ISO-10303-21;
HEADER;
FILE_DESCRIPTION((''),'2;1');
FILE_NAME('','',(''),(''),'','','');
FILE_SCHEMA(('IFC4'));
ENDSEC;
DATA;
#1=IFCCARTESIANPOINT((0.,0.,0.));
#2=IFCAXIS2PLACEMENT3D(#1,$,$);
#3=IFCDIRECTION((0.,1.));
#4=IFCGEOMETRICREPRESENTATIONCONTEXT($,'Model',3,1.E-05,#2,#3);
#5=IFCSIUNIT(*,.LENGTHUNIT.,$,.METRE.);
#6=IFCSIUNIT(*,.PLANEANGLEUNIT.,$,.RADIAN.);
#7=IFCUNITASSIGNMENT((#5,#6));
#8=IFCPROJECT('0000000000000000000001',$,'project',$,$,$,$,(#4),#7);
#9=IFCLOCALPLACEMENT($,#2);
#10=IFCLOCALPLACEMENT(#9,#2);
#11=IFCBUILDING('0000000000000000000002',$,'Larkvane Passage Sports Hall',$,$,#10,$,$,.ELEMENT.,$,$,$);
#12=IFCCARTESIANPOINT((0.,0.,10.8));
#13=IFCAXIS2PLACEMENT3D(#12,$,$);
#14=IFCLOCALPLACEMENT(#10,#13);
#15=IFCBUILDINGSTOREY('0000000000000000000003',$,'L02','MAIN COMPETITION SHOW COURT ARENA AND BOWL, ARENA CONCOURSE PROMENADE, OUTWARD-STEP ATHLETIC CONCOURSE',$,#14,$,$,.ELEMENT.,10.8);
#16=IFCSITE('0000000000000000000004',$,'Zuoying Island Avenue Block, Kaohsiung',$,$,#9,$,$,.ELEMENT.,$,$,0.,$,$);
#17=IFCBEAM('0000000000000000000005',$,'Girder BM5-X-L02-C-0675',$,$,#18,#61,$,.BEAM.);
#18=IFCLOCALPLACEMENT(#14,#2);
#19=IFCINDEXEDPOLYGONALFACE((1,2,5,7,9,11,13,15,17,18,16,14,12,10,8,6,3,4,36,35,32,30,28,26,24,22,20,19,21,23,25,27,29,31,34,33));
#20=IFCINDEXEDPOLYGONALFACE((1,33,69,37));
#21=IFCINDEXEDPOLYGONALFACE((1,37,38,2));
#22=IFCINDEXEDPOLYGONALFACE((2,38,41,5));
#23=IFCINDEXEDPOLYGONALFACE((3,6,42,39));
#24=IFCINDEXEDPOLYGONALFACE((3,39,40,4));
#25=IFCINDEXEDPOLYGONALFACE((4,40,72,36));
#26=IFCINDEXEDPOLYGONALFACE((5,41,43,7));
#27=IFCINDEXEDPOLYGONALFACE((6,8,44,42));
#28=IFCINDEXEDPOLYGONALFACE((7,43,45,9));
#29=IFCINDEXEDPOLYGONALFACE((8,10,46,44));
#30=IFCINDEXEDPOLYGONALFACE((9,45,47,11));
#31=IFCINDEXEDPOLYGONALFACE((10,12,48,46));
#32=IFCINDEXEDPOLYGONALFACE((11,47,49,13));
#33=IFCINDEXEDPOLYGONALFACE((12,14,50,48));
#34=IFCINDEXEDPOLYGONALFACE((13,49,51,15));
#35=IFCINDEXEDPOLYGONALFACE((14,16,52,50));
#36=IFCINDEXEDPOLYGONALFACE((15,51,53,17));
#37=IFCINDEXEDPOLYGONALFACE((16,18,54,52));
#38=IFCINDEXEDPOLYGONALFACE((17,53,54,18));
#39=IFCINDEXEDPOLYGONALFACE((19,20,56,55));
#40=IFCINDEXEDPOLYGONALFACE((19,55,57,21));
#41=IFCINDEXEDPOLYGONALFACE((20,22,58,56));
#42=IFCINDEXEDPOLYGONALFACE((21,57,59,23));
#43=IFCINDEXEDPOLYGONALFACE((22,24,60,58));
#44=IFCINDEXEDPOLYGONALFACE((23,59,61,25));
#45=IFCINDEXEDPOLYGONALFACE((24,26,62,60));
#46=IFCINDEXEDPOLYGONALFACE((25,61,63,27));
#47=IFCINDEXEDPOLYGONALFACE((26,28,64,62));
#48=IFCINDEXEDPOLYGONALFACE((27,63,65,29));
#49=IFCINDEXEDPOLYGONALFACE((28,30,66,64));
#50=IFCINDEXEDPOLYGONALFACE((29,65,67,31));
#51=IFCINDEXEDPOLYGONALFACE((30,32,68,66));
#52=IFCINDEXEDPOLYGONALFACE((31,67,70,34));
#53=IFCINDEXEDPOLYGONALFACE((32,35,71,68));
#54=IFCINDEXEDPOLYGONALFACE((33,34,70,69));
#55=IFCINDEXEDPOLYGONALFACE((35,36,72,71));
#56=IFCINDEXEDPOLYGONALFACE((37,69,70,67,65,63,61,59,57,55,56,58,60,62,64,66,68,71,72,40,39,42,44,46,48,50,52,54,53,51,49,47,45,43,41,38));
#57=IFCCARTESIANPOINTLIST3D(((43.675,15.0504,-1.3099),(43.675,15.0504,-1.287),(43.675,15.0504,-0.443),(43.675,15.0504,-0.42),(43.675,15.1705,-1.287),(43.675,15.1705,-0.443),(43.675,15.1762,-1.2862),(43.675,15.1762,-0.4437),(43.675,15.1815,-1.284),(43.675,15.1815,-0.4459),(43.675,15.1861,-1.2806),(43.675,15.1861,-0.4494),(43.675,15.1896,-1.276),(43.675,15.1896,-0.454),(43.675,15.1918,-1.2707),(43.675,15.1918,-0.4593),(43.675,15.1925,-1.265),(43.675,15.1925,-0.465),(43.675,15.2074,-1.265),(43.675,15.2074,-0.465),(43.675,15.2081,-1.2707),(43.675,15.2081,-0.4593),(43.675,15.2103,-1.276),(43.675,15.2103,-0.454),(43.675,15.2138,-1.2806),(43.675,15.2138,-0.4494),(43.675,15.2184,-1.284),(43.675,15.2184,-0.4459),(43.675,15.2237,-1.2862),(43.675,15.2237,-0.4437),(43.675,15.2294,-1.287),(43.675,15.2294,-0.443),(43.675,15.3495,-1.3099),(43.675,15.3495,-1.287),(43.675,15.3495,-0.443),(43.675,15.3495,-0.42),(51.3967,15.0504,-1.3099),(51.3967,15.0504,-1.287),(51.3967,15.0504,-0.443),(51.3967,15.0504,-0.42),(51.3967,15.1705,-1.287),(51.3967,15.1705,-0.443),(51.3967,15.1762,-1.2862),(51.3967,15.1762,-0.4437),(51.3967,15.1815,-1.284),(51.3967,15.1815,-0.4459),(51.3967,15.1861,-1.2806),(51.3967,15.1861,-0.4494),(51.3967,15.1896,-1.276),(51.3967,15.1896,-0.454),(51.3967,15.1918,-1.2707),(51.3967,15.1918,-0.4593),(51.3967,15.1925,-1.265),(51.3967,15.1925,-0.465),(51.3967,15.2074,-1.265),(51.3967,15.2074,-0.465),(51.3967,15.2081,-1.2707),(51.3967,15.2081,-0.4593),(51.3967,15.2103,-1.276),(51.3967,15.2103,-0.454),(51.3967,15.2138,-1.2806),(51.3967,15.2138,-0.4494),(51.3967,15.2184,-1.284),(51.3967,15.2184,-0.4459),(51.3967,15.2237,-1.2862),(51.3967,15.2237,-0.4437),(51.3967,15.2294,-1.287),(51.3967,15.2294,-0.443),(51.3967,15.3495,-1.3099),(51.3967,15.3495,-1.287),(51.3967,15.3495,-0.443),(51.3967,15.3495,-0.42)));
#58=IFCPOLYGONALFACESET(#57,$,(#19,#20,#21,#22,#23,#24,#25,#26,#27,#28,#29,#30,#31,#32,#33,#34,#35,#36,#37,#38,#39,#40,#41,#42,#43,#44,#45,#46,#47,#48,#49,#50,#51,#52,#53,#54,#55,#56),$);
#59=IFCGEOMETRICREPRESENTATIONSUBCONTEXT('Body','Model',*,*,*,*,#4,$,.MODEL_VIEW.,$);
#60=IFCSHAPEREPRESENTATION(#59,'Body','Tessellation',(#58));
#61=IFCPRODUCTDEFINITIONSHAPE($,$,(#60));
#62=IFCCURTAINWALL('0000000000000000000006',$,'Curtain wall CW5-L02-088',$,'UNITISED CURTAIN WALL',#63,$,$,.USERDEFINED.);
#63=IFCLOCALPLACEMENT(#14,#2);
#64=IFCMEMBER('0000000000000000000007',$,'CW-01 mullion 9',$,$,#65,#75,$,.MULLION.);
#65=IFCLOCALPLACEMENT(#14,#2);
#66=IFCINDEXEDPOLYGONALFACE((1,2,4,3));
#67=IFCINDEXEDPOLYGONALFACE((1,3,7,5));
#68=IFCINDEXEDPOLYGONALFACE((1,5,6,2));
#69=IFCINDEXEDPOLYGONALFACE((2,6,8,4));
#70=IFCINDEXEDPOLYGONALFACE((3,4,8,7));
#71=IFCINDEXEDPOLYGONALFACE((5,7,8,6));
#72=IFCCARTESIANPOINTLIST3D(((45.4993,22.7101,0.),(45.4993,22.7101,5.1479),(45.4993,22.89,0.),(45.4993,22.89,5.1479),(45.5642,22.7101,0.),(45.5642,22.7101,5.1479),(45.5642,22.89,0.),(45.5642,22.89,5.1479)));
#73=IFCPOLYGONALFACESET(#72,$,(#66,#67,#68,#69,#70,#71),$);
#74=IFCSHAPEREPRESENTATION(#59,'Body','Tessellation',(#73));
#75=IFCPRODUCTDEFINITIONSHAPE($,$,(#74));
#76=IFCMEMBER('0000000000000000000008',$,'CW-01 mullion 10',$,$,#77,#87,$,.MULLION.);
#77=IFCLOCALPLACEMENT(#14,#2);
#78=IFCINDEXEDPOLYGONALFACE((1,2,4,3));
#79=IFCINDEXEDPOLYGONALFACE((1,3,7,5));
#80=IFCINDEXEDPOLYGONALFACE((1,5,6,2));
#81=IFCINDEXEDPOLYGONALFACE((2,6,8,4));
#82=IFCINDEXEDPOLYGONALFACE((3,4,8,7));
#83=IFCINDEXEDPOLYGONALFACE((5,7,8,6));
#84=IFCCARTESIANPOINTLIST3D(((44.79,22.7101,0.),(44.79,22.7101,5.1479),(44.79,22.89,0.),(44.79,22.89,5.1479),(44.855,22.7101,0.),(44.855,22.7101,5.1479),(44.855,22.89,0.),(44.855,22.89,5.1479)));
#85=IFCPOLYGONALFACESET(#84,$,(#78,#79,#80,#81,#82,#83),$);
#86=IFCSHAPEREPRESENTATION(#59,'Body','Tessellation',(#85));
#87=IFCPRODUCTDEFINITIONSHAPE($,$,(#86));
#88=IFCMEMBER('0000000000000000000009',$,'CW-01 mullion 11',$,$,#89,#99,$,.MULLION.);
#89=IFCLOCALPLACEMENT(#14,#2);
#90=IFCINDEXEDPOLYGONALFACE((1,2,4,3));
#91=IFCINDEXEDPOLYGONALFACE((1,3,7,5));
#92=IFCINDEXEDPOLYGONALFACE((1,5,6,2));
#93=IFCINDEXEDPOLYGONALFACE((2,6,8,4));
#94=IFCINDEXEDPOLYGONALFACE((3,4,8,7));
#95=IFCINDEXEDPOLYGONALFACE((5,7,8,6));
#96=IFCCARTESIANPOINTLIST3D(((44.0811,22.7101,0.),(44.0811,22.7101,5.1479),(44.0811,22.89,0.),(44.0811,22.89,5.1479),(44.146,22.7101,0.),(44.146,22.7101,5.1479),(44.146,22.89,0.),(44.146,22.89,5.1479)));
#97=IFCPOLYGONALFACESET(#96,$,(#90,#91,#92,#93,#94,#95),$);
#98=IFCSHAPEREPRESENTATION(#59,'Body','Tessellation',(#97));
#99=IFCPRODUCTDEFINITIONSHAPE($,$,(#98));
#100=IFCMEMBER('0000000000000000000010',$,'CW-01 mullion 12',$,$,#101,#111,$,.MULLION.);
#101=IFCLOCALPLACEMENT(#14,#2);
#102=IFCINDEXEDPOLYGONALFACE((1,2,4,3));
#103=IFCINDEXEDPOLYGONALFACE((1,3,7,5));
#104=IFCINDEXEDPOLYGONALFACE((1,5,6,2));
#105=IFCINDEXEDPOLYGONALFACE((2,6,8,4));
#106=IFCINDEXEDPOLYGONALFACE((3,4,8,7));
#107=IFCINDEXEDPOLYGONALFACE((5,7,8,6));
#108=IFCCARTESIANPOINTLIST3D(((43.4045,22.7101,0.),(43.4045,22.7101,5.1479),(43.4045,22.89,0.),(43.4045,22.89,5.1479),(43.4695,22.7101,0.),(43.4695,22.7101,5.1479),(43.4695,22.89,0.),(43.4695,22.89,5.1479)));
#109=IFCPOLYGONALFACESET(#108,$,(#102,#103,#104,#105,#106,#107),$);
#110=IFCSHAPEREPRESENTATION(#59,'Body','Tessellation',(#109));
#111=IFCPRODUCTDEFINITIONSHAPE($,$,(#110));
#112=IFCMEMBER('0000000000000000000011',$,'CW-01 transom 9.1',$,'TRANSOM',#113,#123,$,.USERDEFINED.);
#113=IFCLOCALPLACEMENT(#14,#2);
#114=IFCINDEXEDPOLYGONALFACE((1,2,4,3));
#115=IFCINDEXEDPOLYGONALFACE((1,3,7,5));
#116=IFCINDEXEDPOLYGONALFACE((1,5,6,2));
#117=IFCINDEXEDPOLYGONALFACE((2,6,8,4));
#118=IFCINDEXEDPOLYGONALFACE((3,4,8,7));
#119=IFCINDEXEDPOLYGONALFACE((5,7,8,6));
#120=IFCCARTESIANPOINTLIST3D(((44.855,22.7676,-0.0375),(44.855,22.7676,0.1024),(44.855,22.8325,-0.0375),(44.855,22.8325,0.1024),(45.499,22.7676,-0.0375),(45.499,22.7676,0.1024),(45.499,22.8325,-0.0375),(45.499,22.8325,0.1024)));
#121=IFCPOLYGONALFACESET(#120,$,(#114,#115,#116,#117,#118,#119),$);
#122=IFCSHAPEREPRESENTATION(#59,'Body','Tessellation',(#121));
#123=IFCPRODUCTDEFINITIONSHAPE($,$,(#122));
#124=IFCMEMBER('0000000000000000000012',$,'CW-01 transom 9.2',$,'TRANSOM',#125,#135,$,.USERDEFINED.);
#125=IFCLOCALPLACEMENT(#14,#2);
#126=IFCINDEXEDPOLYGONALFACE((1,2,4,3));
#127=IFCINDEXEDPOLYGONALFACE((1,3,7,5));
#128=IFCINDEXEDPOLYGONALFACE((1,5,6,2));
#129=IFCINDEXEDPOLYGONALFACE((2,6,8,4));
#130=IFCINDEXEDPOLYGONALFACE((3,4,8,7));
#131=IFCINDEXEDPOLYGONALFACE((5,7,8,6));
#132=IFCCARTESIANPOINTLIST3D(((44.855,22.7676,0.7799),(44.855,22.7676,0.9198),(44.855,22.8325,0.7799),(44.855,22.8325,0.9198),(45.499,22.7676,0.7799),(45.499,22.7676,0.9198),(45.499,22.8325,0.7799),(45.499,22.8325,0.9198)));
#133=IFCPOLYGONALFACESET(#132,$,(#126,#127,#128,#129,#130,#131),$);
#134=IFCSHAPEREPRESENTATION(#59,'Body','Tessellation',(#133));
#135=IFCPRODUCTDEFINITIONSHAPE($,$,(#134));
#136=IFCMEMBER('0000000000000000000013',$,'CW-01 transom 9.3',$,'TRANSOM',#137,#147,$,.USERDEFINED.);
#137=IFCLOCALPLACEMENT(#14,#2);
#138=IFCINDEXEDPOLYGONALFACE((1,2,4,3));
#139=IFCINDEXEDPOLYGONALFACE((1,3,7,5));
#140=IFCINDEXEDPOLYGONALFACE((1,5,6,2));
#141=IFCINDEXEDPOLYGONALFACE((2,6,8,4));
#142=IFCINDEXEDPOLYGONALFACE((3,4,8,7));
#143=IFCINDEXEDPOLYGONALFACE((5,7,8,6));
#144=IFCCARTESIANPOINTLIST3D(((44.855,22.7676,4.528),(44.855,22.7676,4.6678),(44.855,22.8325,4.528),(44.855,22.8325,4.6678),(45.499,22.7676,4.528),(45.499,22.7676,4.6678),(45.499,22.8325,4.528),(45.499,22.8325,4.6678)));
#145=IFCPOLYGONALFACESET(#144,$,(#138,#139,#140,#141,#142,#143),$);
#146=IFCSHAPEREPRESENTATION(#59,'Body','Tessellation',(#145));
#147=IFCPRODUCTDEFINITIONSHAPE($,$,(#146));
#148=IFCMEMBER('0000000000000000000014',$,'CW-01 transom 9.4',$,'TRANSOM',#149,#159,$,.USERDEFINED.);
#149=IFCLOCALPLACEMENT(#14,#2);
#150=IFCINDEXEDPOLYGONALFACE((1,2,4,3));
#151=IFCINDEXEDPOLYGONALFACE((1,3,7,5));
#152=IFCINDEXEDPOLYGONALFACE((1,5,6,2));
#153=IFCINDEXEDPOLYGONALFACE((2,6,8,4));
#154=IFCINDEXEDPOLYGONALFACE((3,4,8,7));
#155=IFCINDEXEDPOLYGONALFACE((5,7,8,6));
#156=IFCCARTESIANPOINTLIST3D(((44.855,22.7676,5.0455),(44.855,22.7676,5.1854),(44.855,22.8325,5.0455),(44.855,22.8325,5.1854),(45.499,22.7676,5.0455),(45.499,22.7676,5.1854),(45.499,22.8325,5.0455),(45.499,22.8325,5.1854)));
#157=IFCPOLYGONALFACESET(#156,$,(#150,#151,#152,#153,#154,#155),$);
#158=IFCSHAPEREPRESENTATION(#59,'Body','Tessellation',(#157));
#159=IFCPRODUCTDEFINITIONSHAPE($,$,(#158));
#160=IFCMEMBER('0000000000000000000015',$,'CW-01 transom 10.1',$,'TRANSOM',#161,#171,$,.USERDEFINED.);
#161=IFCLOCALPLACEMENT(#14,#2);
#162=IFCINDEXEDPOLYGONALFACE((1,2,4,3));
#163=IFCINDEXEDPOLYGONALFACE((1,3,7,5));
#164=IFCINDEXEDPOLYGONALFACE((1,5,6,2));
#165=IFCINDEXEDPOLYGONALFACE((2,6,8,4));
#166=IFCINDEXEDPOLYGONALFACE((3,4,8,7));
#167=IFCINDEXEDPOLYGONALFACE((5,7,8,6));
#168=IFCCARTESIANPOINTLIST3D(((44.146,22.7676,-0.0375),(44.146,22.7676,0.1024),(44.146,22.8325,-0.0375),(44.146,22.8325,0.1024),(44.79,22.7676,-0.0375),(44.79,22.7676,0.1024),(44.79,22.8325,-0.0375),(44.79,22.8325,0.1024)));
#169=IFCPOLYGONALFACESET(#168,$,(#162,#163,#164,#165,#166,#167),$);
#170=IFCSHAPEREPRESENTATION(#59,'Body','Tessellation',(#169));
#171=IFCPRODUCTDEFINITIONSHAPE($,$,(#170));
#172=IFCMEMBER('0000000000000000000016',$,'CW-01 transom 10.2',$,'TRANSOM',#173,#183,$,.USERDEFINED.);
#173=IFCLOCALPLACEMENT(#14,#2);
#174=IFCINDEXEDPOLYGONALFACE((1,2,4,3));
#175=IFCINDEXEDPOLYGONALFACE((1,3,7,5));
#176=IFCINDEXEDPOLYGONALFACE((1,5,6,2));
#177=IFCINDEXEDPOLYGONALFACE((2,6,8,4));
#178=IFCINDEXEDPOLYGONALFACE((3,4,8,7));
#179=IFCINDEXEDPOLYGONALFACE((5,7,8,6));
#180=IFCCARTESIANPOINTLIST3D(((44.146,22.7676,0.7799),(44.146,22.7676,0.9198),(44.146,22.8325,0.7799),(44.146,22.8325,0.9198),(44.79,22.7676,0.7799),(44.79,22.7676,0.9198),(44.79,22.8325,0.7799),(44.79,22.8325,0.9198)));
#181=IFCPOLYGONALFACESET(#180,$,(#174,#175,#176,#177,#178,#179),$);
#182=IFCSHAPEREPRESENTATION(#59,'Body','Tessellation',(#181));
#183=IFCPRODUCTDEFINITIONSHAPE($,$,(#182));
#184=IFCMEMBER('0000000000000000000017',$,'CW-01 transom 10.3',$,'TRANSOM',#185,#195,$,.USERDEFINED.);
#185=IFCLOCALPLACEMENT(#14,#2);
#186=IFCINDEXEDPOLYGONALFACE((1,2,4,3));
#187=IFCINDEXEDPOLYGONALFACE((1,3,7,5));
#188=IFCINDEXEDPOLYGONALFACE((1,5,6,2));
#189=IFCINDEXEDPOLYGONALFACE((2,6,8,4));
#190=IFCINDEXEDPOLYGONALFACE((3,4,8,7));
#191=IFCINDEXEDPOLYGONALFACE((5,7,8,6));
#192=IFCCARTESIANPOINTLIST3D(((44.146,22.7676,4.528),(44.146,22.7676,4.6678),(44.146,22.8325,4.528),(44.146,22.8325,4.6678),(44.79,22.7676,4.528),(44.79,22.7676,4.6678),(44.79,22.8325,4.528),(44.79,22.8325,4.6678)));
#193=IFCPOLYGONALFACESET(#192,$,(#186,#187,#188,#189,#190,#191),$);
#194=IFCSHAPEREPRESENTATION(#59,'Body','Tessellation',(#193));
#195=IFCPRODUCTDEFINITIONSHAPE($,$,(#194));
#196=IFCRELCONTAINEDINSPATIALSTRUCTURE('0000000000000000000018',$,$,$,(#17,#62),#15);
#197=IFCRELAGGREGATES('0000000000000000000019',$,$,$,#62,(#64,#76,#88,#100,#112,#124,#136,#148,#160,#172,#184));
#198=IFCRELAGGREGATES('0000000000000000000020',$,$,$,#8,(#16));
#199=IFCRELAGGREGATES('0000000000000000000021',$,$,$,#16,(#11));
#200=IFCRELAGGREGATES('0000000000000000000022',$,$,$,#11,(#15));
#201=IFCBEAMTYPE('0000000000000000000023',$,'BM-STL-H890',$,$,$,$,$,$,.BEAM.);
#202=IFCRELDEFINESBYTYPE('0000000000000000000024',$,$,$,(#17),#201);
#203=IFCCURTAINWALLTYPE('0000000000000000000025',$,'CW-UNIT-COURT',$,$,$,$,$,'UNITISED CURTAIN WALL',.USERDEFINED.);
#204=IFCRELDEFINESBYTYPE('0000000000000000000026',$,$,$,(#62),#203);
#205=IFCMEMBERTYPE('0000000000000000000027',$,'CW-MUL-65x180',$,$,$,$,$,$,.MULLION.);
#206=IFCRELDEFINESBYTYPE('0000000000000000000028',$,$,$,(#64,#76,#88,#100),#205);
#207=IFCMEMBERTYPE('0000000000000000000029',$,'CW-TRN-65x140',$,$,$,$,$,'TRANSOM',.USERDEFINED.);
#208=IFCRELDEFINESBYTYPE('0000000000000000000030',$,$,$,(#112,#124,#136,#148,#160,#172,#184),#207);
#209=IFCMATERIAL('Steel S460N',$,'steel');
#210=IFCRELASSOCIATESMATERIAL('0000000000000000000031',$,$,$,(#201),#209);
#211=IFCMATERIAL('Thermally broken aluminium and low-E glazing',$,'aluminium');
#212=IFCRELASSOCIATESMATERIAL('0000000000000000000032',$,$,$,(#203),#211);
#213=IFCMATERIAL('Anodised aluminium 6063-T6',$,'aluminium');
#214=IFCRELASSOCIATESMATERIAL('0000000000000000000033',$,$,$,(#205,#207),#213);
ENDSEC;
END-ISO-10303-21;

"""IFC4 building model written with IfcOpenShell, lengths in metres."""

from ifc_helpers import new_model, si_unit, direction, frame, origin, origin_2d, place, context, subcontext, project, spatial, rectangle, i_section, extrude, material, material_profile, profile_set, type_object, element, aggregate, save


model = new_model("IFC4")

# Units and contexts
model_context = context("Model", 3, precision=1e-05, world=origin(), true_north=direction((0.0, 1.0)))
body_context = subcontext(model_context, "Body", "Model", "MODEL_VIEW")
ifc_project = project(units=[si_unit("LENGTHUNIT", "METRE"), si_unit("PLANEANGLEUNIT", "RADIAN")], contexts=[model_context])

# Site, building, storey
site_placement = place(None, origin())
site = spatial("IfcSite", under=ifc_project, at=site_placement, Name="Zuoying Island Avenue Block, Kaohsiung", CompositionType="ELEMENT", RefElevation=0.0)
building_placement = place(site_placement, origin())
building = spatial("IfcBuilding", under=site, at=building_placement, Name="Larkvane Passage Sports Hall", CompositionType="ELEMENT")
storey_placement = place(building_placement, frame((0.0, 0.0, 10.8)))
storey = spatial("IfcBuildingStorey", under=building, at=storey_placement, Name="L02", Description="MAIN COMPETITION SHOW COURT ARENA AND BOWL, ARENA CONCOURSE PROMENADE, OUTWARD-STEP ATHLETIC CONCOURSE", CompositionType="ELEMENT", Elevation=10.8)

# Beam
ifc_material_1 = material(Name="Steel S460N", Category="steel")
ifc_material_profile_1 = material_profile(ifc_material_1, i_section(OverallWidth=0.2991, OverallDepth=0.8899, WebThickness=0.0149, FlangeThickness=0.0229, FilletRadius=0.022, at=origin_2d()), Name="H-890x299x15x23")
ifc_profile_set_1 = profile_set([ifc_material_profile_1], Name="Steel S460N")
beam_type_1 = type_object("IfcBeamType", Name="BM-STL-H890", PredefinedType="BEAM", material=ifc_profile_set_1)
beam_1_placement = place(storey_placement, frame((43.675, 15.2, -0.865), z_axis=(1.0, 0.0, 0.0), x_axis=(0.0, 1.0, 0.0)))
element("IfcBeam", 1, at=beam_1_placement, inside=storey, type_object=beam_type_1, Name="Girder BM5-X-L02-C-0675", PredefinedType="BEAM", context=body_context, shape_type="SweptSolid", body=[
    extrude(i_section(OverallWidth=0.2991, OverallDepth=0.8899, WebThickness=0.0149, FlangeThickness=0.0229, FilletRadius=0.022, at=origin_2d()), origin(), (0.0, 0.0, 1.0), 7.7217),
])

# Curtain wall, members
ifc_material_2 = material(Name="Thermally broken aluminium and low-E glazing", Category="aluminium")
curtain_wall_type = type_object("IfcCurtainWallType", Name="CW-UNIT-COURT", ElementType="UNITISED CURTAIN WALL", PredefinedType="USERDEFINED", material=ifc_material_2)
curtain_wall_placement = place(storey_placement, origin())
curtain_wall = element("IfcCurtainWall", 2, at=curtain_wall_placement, inside=storey, type_object=curtain_wall_type, Name="Curtain wall CW5-L02-088", ObjectType="UNITISED CURTAIN WALL", PredefinedType="USERDEFINED")
ifc_material_3 = material(Name="Anodised aluminium 6063-T6", Category="aluminium")
ifc_material_profile_2 = material_profile(ifc_material_3, rectangle(XDim=0.0649, YDim=0.1799, at=origin_2d()), Name="ALU-MUL-65x180")
ifc_profile_set_2 = profile_set([ifc_material_profile_2], Name="Anodised aluminium 6063-T6")
member_type_1 = type_object("IfcMemberType", Name="CW-MUL-65x180", PredefinedType="MULLION", material=ifc_profile_set_2)
member_1_placement = place(storey_placement, frame((45.5317, 22.8, 0.0), z_axis=(0.0, 0.0, 1.0), x_axis=(-1.0, 0.0, 0.0)))
member_1 = element("IfcMember", 3, at=member_1_placement, type_object=member_type_1, Name="CW-01 mullion 9", PredefinedType="MULLION", context=body_context, shape_type="SweptSolid", body=[
    extrude(rectangle(XDim=0.0649, YDim=0.1799, at=origin_2d()), origin(), (0.0, 0.0, 1.0), 5.1479),
])
member_2_placement = place(storey_placement, frame((44.8225, 22.8, 0.0), z_axis=(0.0, 0.0, 1.0), x_axis=(-1.0, 0.0, 0.0)))
member_2 = element("IfcMember", 4, at=member_2_placement, type_object=member_type_1, Name="CW-01 mullion 10", PredefinedType="MULLION", context=body_context, shape_type="SweptSolid", body=[
    extrude(rectangle(XDim=0.0649, YDim=0.1799, at=origin_2d()), origin(), (0.0, 0.0, 1.0), 5.1479),
])
member_3_placement = place(storey_placement, frame((44.1135, 22.8, 0.0), z_axis=(0.0, 0.0, 1.0), x_axis=(-1.0, 0.0, 0.0)))
member_3 = element("IfcMember", 5, at=member_3_placement, type_object=member_type_1, Name="CW-01 mullion 11", PredefinedType="MULLION", context=body_context, shape_type="SweptSolid", body=[
    extrude(rectangle(XDim=0.0649, YDim=0.1799, at=origin_2d()), origin(), (0.0, 0.0, 1.0), 5.1479),
])
member_4_placement = place(storey_placement, frame((43.437, 22.8, 0.0), z_axis=(0.0, 0.0, 1.0), x_axis=(-1.0, 0.0, 0.0)))
member_4 = element("IfcMember", 6, at=member_4_placement, type_object=member_type_1, Name="CW-01 mullion 12", PredefinedType="MULLION", context=body_context, shape_type="SweptSolid", body=[
    extrude(rectangle(XDim=0.0649, YDim=0.1799, at=origin_2d()), origin(), (0.0, 0.0, 1.0), 5.1479),
])
ifc_material_profile_3 = material_profile(ifc_material_3, rectangle(XDim=0.0649, YDim=0.1399, at=origin_2d()), Name="ALU-TRN-65x140")
ifc_profile_set_3 = profile_set([ifc_material_profile_3], Name="Anodised aluminium 6063-T6")
member_type_2 = type_object("IfcMemberType", Name="CW-TRN-65x140", ElementType="TRANSOM", PredefinedType="USERDEFINED", material=ifc_profile_set_3)
member_5_placement = place(storey_placement, frame((45.499, 22.8, 0.0325), z_axis=(-1.0, 0.0, 0.0), x_axis=(0.0, -1.0, 0.0)))
member_5 = element("IfcMember", 7, at=member_5_placement, type_object=member_type_2, Name="CW-01 transom 9.1", ObjectType="TRANSOM", PredefinedType="USERDEFINED", context=body_context, shape_type="SweptSolid", body=[
    extrude(rectangle(XDim=0.0649, YDim=0.1399, at=origin_2d()), origin(), (0.0, 0.0, 1.0), 0.644),
])
member_6_placement = place(storey_placement, frame((45.499, 22.8, 0.8499), z_axis=(-1.0, 0.0, 0.0), x_axis=(0.0, -1.0, 0.0)))
member_6 = element("IfcMember", 8, at=member_6_placement, type_object=member_type_2, Name="CW-01 transom 9.2", ObjectType="TRANSOM", PredefinedType="USERDEFINED", context=body_context, shape_type="SweptSolid", body=[
    extrude(rectangle(XDim=0.0649, YDim=0.1399, at=origin_2d()), origin(), (0.0, 0.0, 1.0), 0.644),
])
member_7_placement = place(storey_placement, frame((45.499, 22.8, 4.5979), z_axis=(-1.0, 0.0, 0.0), x_axis=(0.0, -1.0, 0.0)))
member_7 = element("IfcMember", 9, at=member_7_placement, type_object=member_type_2, Name="CW-01 transom 9.3", ObjectType="TRANSOM", PredefinedType="USERDEFINED", context=body_context, shape_type="SweptSolid", body=[
    extrude(rectangle(XDim=0.0649, YDim=0.1399, at=origin_2d()), origin(), (0.0, 0.0, 1.0), 0.644),
])
member_8_placement = place(storey_placement, frame((45.499, 22.8, 5.1155), z_axis=(-1.0, 0.0, 0.0), x_axis=(0.0, -1.0, 0.0)))
member_8 = element("IfcMember", 10, at=member_8_placement, type_object=member_type_2, Name="CW-01 transom 9.4", ObjectType="TRANSOM", PredefinedType="USERDEFINED", context=body_context, shape_type="SweptSolid", body=[
    extrude(rectangle(XDim=0.0649, YDim=0.1399, at=origin_2d()), origin(), (0.0, 0.0, 1.0), 0.644),
])
member_9_placement = place(storey_placement, frame((44.79, 22.8, 0.0325), z_axis=(-1.0, 0.0, 0.0), x_axis=(0.0, -1.0, 0.0)))
member_9 = element("IfcMember", 11, at=member_9_placement, type_object=member_type_2, Name="CW-01 transom 10.1", ObjectType="TRANSOM", PredefinedType="USERDEFINED", context=body_context, shape_type="SweptSolid", body=[
    extrude(rectangle(XDim=0.0649, YDim=0.1399, at=origin_2d()), origin(), (0.0, 0.0, 1.0), 0.644),
])
member_10_placement = place(storey_placement, frame((44.79, 22.8, 0.8499), z_axis=(-1.0, 0.0, 0.0), x_axis=(0.0, -1.0, 0.0)))
member_10 = element("IfcMember", 12, at=member_10_placement, type_object=member_type_2, Name="CW-01 transom 10.2", ObjectType="TRANSOM", PredefinedType="USERDEFINED", context=body_context, shape_type="SweptSolid", body=[
    extrude(rectangle(XDim=0.0649, YDim=0.1399, at=origin_2d()), origin(), (0.0, 0.0, 1.0), 0.644),
])
member_11_placement = place(storey_placement, frame((44.79, 22.8, 4.5979), z_axis=(-1.0, 0.0, 0.0), x_axis=(0.0, -1.0, 0.0)))
member_11 = element("IfcMember", 13, at=member_11_placement, type_object=member_type_2, Name="CW-01 transom 10.3", ObjectType="TRANSOM", PredefinedType="USERDEFINED", context=body_context, shape_type="SweptSolid", body=[
    extrude(rectangle(XDim=0.0649, YDim=0.1399, at=origin_2d()), origin(), (0.0, 0.0, 1.0), 0.644),
])

aggregate(curtain_wall, [member_1, member_2, member_3, member_4, member_5, member_6, member_7, member_8, member_9, member_10, member_11])

save(model, "model.ifc")
